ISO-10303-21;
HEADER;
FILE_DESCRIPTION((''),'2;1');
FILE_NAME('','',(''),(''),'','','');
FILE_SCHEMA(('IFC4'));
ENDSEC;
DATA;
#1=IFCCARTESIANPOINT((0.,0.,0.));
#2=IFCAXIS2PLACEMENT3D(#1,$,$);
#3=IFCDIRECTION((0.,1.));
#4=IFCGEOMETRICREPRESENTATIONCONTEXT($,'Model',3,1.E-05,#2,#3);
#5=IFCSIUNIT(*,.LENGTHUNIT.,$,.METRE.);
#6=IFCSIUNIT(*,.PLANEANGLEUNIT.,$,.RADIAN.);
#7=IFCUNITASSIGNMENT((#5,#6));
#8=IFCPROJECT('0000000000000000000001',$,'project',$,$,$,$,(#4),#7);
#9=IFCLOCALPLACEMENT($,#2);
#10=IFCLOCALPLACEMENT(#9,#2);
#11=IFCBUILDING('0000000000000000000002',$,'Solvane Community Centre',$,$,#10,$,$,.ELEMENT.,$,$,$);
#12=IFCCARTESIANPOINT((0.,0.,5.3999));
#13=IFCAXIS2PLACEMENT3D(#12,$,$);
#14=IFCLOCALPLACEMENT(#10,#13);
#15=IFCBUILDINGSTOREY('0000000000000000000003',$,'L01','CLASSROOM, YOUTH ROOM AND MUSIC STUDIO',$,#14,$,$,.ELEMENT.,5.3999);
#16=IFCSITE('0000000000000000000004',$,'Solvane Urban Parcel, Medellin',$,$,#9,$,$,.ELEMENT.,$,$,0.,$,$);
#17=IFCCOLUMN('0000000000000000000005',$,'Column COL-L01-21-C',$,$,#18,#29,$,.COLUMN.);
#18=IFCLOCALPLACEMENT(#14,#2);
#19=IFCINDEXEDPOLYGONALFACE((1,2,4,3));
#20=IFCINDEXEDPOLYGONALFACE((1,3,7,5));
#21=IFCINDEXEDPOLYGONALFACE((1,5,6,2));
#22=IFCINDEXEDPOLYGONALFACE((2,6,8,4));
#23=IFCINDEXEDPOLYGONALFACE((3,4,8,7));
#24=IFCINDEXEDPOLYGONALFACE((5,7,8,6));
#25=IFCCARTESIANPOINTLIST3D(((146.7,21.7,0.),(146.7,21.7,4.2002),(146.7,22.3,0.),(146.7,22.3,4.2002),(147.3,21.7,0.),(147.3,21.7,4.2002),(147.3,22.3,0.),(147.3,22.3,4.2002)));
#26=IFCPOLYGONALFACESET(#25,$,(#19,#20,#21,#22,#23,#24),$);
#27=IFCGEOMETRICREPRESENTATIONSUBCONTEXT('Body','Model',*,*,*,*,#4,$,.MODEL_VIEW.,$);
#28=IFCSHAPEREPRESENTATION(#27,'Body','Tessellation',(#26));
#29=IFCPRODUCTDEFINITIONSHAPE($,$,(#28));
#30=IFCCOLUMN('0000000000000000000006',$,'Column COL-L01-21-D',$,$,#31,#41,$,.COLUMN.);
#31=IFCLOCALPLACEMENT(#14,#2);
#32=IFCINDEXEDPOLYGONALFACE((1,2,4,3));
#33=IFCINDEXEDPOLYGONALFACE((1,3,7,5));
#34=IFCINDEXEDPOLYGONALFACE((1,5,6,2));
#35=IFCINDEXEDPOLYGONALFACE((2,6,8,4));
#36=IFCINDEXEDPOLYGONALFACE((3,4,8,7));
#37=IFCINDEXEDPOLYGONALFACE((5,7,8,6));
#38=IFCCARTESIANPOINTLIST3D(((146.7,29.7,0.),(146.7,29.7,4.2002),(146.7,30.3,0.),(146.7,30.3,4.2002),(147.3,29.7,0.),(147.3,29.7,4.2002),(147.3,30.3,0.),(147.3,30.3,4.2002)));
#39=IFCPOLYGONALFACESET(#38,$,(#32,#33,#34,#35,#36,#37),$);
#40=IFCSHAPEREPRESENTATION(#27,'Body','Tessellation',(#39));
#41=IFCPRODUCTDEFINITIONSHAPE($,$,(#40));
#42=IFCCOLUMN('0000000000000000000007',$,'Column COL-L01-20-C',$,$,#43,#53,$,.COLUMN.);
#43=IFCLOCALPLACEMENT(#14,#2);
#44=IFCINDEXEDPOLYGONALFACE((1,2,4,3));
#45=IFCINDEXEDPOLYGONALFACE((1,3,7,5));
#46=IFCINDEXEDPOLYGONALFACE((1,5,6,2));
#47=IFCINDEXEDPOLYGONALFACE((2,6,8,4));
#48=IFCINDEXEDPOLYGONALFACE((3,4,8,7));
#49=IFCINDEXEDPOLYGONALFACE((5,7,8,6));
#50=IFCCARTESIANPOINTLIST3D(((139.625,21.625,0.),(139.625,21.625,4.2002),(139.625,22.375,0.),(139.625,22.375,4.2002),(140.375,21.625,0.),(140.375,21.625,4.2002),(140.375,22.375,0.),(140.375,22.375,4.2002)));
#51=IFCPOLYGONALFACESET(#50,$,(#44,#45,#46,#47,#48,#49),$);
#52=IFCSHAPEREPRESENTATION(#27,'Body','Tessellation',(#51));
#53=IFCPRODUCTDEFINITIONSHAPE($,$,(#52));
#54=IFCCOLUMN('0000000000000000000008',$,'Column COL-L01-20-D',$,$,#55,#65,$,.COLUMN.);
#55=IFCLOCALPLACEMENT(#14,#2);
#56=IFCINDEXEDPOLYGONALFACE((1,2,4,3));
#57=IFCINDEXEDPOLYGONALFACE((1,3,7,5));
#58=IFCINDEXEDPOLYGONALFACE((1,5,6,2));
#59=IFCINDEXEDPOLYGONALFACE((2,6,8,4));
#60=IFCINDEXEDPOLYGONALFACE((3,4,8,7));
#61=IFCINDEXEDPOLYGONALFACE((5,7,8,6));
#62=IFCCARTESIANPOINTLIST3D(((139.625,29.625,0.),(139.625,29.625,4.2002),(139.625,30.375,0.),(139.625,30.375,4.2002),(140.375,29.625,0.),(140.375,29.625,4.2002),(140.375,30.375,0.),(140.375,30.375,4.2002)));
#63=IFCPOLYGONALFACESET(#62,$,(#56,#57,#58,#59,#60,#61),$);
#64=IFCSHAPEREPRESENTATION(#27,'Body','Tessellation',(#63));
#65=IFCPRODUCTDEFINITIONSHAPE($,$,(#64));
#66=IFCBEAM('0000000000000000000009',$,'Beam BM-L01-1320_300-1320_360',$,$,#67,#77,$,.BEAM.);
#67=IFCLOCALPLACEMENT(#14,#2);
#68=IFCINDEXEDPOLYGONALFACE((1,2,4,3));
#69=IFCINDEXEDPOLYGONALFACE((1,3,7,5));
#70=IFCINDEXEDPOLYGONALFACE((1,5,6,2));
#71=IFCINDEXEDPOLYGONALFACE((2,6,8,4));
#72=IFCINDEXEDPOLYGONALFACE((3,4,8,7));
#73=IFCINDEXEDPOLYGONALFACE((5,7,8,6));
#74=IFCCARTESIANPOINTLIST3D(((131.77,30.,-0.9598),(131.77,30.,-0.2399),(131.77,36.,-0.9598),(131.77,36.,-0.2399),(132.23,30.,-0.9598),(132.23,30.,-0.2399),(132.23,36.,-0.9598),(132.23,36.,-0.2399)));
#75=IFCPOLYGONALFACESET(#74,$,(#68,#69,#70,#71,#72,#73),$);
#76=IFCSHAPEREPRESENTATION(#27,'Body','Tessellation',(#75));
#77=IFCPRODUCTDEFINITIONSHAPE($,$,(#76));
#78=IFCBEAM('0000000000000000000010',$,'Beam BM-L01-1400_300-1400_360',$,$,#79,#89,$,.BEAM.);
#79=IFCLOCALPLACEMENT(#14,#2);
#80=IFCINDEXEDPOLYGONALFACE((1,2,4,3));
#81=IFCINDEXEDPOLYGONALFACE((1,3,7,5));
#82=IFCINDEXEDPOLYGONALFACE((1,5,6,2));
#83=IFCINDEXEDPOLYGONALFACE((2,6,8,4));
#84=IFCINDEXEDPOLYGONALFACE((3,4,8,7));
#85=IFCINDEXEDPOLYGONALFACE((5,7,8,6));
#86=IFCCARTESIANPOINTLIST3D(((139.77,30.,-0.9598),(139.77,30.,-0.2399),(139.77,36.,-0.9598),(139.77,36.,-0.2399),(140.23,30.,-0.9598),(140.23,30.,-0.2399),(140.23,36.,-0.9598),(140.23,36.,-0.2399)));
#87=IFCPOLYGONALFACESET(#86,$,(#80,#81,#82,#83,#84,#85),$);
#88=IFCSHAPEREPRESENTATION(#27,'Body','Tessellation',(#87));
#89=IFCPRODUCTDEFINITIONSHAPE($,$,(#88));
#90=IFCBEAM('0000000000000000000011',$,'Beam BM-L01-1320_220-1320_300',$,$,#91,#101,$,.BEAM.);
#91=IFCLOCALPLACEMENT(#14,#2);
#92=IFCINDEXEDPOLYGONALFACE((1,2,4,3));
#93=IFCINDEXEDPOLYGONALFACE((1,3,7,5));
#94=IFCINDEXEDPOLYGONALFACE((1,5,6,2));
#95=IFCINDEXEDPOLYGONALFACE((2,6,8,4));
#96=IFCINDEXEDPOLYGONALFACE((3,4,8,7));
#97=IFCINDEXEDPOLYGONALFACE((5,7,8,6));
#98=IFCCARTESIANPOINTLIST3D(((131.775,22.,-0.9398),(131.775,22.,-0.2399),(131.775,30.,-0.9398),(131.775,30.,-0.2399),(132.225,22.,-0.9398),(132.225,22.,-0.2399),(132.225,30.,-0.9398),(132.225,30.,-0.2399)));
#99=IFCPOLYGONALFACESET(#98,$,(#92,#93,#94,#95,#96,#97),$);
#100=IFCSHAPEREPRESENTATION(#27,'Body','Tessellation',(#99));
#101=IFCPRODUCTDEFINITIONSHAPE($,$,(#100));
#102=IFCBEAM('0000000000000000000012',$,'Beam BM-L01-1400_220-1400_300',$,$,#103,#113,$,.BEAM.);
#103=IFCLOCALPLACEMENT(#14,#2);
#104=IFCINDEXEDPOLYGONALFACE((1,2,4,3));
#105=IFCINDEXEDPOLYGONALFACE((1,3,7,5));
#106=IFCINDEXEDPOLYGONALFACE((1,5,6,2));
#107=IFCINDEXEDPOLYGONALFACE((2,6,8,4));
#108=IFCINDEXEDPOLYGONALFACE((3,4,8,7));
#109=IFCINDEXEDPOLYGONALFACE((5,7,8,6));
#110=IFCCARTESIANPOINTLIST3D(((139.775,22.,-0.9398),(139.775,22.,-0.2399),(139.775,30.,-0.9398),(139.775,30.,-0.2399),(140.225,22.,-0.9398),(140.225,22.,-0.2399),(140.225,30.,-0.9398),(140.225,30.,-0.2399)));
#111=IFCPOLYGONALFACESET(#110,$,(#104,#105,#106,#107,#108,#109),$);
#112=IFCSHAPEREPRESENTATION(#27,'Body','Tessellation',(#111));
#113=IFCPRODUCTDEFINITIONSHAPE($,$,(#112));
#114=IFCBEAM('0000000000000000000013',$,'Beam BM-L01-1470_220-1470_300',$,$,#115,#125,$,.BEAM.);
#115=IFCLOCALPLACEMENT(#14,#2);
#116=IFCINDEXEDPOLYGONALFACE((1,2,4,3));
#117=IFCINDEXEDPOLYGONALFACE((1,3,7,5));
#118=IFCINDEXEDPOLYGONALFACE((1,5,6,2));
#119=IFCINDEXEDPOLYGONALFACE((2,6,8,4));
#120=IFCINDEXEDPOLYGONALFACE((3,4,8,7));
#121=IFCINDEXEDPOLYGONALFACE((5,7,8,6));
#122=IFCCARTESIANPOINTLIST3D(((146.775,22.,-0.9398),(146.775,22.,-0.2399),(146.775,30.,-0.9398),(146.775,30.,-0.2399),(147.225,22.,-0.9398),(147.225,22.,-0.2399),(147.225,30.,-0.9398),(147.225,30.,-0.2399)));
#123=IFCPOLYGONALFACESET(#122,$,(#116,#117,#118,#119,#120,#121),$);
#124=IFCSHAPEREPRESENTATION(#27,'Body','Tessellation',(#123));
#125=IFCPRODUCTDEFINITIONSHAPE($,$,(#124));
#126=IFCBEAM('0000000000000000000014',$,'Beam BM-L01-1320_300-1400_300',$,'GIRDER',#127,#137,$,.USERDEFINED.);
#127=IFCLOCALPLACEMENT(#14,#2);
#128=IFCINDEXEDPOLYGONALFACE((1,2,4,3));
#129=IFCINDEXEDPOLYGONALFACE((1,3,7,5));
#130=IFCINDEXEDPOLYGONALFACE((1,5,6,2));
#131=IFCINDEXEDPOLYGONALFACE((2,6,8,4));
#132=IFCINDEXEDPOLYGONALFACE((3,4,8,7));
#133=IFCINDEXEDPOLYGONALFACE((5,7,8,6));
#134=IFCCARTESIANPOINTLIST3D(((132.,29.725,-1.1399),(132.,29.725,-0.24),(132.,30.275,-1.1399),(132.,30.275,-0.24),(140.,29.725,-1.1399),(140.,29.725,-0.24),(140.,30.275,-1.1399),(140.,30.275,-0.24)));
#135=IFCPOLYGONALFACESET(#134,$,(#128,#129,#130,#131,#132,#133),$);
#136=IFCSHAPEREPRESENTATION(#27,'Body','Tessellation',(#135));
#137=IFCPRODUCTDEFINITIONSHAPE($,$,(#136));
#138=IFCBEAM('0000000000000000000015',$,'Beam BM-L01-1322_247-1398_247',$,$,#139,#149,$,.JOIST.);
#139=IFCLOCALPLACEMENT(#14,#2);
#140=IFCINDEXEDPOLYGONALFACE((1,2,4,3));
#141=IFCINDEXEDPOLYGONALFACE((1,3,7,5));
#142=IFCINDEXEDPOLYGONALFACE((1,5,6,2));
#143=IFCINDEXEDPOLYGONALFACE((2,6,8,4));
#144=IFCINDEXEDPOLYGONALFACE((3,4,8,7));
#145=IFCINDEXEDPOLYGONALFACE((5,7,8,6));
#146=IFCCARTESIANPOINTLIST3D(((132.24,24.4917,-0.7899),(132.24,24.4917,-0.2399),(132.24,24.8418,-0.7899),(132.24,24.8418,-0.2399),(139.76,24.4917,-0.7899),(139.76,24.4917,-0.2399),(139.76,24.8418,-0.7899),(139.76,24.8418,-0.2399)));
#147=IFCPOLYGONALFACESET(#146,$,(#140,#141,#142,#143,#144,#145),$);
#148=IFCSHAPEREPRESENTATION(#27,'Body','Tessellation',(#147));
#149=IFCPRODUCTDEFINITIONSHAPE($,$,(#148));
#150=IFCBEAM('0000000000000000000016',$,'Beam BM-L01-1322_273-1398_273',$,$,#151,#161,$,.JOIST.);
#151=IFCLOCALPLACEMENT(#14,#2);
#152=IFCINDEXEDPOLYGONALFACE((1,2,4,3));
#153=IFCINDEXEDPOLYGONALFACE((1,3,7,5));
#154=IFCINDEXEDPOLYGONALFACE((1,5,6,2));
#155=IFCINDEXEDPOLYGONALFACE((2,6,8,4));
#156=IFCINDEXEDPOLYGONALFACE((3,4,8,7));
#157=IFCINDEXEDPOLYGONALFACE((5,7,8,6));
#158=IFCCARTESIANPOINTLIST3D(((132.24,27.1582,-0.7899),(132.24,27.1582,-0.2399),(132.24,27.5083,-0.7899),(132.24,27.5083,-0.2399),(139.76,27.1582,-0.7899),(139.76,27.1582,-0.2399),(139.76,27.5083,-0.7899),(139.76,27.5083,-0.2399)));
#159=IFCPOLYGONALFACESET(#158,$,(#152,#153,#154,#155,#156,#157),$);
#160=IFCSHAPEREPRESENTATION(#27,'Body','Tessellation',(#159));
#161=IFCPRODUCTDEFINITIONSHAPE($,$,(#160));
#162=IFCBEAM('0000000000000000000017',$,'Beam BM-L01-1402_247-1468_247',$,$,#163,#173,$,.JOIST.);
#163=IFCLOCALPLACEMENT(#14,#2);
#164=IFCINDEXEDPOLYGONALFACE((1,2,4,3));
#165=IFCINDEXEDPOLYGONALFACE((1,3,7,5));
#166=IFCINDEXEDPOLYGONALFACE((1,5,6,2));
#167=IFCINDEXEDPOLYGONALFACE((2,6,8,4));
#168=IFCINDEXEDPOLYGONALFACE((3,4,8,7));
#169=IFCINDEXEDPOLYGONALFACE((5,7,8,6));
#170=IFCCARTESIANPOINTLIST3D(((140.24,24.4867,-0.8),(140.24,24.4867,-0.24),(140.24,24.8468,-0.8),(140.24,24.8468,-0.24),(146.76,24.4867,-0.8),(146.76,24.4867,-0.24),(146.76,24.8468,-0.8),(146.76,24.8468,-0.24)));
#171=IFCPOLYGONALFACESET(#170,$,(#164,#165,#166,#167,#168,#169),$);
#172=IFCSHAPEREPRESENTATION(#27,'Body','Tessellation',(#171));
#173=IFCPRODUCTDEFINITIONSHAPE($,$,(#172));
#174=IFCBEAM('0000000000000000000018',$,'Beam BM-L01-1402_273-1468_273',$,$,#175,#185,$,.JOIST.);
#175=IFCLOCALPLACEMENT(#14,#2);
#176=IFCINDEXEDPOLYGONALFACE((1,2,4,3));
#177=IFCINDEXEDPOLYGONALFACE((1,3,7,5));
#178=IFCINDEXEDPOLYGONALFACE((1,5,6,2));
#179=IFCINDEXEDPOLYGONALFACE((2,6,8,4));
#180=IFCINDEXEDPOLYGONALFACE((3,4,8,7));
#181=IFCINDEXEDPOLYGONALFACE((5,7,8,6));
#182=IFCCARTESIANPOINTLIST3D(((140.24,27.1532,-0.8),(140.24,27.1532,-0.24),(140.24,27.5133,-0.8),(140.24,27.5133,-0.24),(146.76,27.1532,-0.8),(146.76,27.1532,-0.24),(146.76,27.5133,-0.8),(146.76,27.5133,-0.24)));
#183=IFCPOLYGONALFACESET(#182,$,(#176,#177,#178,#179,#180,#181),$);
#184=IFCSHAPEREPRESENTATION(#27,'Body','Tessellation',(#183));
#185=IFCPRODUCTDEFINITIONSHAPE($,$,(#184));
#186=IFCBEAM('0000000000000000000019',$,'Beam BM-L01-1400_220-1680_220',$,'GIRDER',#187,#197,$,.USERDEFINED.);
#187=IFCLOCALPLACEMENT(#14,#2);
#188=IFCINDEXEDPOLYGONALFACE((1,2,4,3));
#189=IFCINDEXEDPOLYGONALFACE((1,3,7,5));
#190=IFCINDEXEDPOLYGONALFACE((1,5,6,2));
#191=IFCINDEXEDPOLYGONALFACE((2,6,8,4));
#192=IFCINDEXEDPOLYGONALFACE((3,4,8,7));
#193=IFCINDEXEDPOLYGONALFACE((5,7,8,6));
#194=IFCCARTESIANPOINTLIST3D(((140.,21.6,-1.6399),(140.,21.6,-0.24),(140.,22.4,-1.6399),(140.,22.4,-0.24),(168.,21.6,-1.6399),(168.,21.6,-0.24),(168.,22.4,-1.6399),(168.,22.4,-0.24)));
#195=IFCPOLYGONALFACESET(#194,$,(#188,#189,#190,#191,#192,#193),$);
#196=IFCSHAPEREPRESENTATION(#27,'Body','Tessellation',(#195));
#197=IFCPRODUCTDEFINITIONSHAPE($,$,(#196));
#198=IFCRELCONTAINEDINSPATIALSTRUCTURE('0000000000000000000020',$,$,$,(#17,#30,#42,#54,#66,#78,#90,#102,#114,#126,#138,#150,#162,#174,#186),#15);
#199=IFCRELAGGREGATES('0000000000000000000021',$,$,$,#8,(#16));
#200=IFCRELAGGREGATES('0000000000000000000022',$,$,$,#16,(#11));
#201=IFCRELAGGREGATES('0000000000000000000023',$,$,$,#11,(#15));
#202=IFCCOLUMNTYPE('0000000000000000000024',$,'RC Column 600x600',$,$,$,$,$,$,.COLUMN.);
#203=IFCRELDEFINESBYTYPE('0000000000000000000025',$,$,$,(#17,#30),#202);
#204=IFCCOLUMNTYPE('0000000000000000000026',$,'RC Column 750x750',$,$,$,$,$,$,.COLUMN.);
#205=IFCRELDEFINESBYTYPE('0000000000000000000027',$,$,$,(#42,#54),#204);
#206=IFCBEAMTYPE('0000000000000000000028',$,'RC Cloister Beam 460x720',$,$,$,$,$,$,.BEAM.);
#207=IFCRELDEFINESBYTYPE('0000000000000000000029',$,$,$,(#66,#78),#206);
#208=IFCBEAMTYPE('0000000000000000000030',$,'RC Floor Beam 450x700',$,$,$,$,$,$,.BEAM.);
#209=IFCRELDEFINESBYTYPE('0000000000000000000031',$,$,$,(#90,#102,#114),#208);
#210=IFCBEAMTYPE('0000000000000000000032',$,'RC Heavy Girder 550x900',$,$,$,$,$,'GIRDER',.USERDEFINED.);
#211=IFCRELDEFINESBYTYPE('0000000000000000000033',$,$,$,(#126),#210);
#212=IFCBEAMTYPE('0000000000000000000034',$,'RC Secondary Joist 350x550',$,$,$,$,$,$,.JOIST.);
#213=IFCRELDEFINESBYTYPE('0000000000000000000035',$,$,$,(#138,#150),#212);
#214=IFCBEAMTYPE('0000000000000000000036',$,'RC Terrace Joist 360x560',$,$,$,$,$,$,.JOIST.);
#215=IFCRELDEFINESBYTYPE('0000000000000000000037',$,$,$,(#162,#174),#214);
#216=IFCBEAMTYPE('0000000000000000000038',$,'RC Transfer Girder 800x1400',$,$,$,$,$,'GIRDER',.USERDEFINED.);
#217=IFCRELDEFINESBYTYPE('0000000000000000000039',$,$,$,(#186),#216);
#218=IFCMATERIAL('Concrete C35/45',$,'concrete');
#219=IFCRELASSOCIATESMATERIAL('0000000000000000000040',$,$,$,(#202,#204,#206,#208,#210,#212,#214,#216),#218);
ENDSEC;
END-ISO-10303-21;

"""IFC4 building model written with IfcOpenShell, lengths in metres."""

from ifc_helpers import new_model, si_unit, direction, frame, origin, origin_2d, place, context, subcontext, project, spatial, rectangle, extrude, material, material_profile, profile_set, type_object, element, save


model = new_model("IFC4")

# Units and contexts
model_context = context("Model", 3, precision=1e-05, world=origin(), true_north=direction((0.0, 1.0)))
body_context = subcontext(model_context, "Body", "Model", "MODEL_VIEW")
ifc_project = project(units=[si_unit("LENGTHUNIT", "METRE"), si_unit("PLANEANGLEUNIT", "RADIAN")], contexts=[model_context])

# Site, building, storey
site_placement = place(None, origin())
site = spatial("IfcSite", under=ifc_project, at=site_placement, Name="Solvane Urban Parcel, Medellin", CompositionType="ELEMENT", RefElevation=0.0)
building_placement = place(site_placement, origin())
building = spatial("IfcBuilding", under=site, at=building_placement, Name="Solvane Community Centre", CompositionType="ELEMENT")
storey_placement = place(building_placement, frame((0.0, 0.0, 5.3999)))
storey = spatial("IfcBuildingStorey", under=building, at=storey_placement, Name="L01", Description="CLASSROOM, YOUTH ROOM AND MUSIC STUDIO", CompositionType="ELEMENT", Elevation=5.3999)

# Columns
ifc_material_1 = material(Name="Concrete C35/45", Category="concrete")
ifc_material_profile_1 = material_profile(ifc_material_1, rectangle(XDim=0.6001, YDim=0.6001, at=origin_2d()), Name="RC 600x600")
ifc_profile_set_1 = profile_set([ifc_material_profile_1], Name="Concrete C35/45")
column_type_1 = type_object("IfcColumnType", Name="RC Column 600x600", PredefinedType="COLUMN", material=ifc_profile_set_1)
for number, where, z_axis, x_axis, name in (
    (1, (147.0, 22.0, 0.0), (0.0, 0.0, 1.0), (1.0, 0.0, 0.0), "Column COL-L01-21-C"),
    (2, (147.0, 30.0, 0.0), (0.0, 0.0, 1.0), (1.0, 0.0, 0.0), "Column COL-L01-21-D"),
):
    element("IfcColumn", number, at=place(storey_placement, frame(where, z_axis=z_axis, x_axis=x_axis)), inside=storey, type_object=column_type_1, Name=name, PredefinedType="COLUMN", context=body_context, shape_type="SweptSolid", body=[
        extrude(rectangle(XDim=0.6001, YDim=0.6001, at=origin_2d()), origin(), (0.0, 0.0, 1.0), 4.2002),
    ])
ifc_material_profile_2 = material_profile(ifc_material_1, rectangle(XDim=0.75, YDim=0.75, at=origin_2d()), Name="RC 750x750")
ifc_profile_set_2 = profile_set([ifc_material_profile_2], Name="Concrete C35/45")
column_type_2 = type_object("IfcColumnType", Name="RC Column 750x750", PredefinedType="COLUMN", material=ifc_profile_set_2)
for number, where, z_axis, x_axis, name in (
    (3, (140.0, 22.0, 0.0), (0.0, 0.0, 1.0), (1.0, 0.0, 0.0), "Column COL-L01-20-C"),
    (4, (140.0, 30.0, 0.0), (0.0, 0.0, 1.0), (1.0, 0.0, 0.0), "Column COL-L01-20-D"),
):
    element("IfcColumn", number, at=place(storey_placement, frame(where, z_axis=z_axis, x_axis=x_axis)), inside=storey, type_object=column_type_2, Name=name, PredefinedType="COLUMN", context=body_context, shape_type="SweptSolid", body=[
        extrude(rectangle(XDim=0.75, YDim=0.75, at=origin_2d()), origin(), (0.0, 0.0, 1.0), 4.2002),
    ])

# Beams
ifc_material_profile_3 = material_profile(ifc_material_1, rectangle(XDim=0.46, YDim=0.72, at=origin_2d()), Name="RC 460x720")
ifc_profile_set_3 = profile_set([ifc_material_profile_3], Name="Concrete C35/45")
beam_type_1 = type_object("IfcBeamType", Name="RC Cloister Beam 460x720", PredefinedType="BEAM", material=ifc_profile_set_3)
for number, where, z_axis, x_axis, name in (
    (5, (132.0, 30.0, -0.5999), (0.0, 1.0, 0.0), (-1.0, 0.0, 0.0), "Beam BM-L01-1320_300-1320_360"),
    (6, (140.0, 30.0, -0.5999), (0.0, 1.0, 0.0), (-1.0, 0.0, 0.0), "Beam BM-L01-1400_300-1400_360"),
):
    element("IfcBeam", number, at=place(storey_placement, frame(where, z_axis=z_axis, x_axis=x_axis)), inside=storey, type_object=beam_type_1, Name=name, PredefinedType="BEAM", context=body_context, shape_type="SweptSolid", body=[
        extrude(rectangle(XDim=0.46, YDim=0.72, at=origin_2d()), origin(), (0.0, 0.0, 1.0), 6.0),
    ])
ifc_material_profile_4 = material_profile(ifc_material_1, rectangle(XDim=0.45, YDim=0.7, at=origin_2d()), Name="RC 450x700")
ifc_profile_set_4 = profile_set([ifc_material_profile_4], Name="Concrete C35/45")
beam_type_2 = type_object("IfcBeamType", Name="RC Floor Beam 450x700", PredefinedType="BEAM", material=ifc_profile_set_4)
for number, where, z_axis, x_axis, name in (
    (7, (132.0, 22.0, -0.5898), (0.0, 1.0, 0.0), (-1.0, 0.0, 0.0), "Beam BM-L01-1320_220-1320_300"),
    (8, (140.0, 22.0, -0.5898), (0.0, 1.0, 0.0), (-1.0, 0.0, 0.0), "Beam BM-L01-1400_220-1400_300"),
    (9, (147.0, 22.0, -0.5898), (0.0, 1.0, 0.0), (-1.0, 0.0, 0.0), "Beam BM-L01-1470_220-1470_300"),
):
    element("IfcBeam", number, at=place(storey_placement, frame(where, z_axis=z_axis, x_axis=x_axis)), inside=storey, type_object=beam_type_2, Name=name, PredefinedType="BEAM", context=body_context, shape_type="SweptSolid", body=[
        extrude(rectangle(XDim=0.45, YDim=0.7, at=origin_2d()), origin(), (0.0, 0.0, 1.0), 8.0),
    ])
ifc_material_profile_5 = material_profile(ifc_material_1, rectangle(XDim=0.55, YDim=0.8999, at=origin_2d()), Name="RC 550x900")
ifc_profile_set_5 = profile_set([ifc_material_profile_5], Name="Concrete C35/45")
beam_type_3 = type_object("IfcBeamType", Name="RC Heavy Girder 550x900", ElementType="GIRDER", PredefinedType="USERDEFINED", material=ifc_profile_set_5)
beam_1_placement = place(storey_placement, frame((132.0, 30.0, -0.6899), z_axis=(1.0, 0.0, 0.0), x_axis=(0.0, 1.0, 0.0)))
element("IfcBeam", 10, at=beam_1_placement, inside=storey, type_object=beam_type_3, Name="Beam BM-L01-1320_300-1400_300", ObjectType="GIRDER", PredefinedType="USERDEFINED", context=body_context, shape_type="SweptSolid", body=[
    extrude(rectangle(XDim=0.55, YDim=0.8999, at=origin_2d()), origin(), (0.0, 0.0, 1.0), 8.0),
])
ifc_material_profile_6 = material_profile(ifc_material_1, rectangle(XDim=0.3501, YDim=0.55, at=origin_2d()), Name="RC 350x550")
ifc_profile_set_6 = profile_set([ifc_material_profile_6], Name="Concrete C35/45")
beam_type_4 = type_object("IfcBeamType", Name="RC Secondary Joist 350x550", PredefinedType="JOIST", material=ifc_profile_set_6)
for number, where, z_axis, x_axis, name in (
    (11, (132.24, 24.6667, -0.5149), (1.0, 0.0, 0.0), (0.0, 1.0, 0.0), "Beam BM-L01-1322_247-1398_247"),
    (12, (132.24, 27.3333, -0.5149), (1.0, 0.0, 0.0), (0.0, 1.0, 0.0), "Beam BM-L01-1322_273-1398_273"),
):
    element("IfcBeam", number, at=place(storey_placement, frame(where, z_axis=z_axis, x_axis=x_axis)), inside=storey, type_object=beam_type_4, Name=name, PredefinedType="JOIST", context=body_context, shape_type="SweptSolid", body=[
        extrude(rectangle(XDim=0.3501, YDim=0.55, at=origin_2d()), origin(), (0.0, 0.0, 1.0), 7.52),
    ])
ifc_material_profile_7 = material_profile(ifc_material_1, rectangle(XDim=0.3601, YDim=0.5601, at=origin_2d()), Name="RC 360x560")
ifc_profile_set_7 = profile_set([ifc_material_profile_7], Name="Concrete C35/45")
beam_type_5 = type_object("IfcBeamType", Name="RC Terrace Joist 360x560", PredefinedType="JOIST", material=ifc_profile_set_7)
for number, where, z_axis, x_axis, name in (
    (13, (140.24, 24.6667, -0.52), (1.0, 0.0, 0.0), (0.0, 1.0, 0.0), "Beam BM-L01-1402_247-1468_247"),
    (14, (140.24, 27.3333, -0.52), (1.0, 0.0, 0.0), (0.0, 1.0, 0.0), "Beam BM-L01-1402_273-1468_273"),
):
    element("IfcBeam", number, at=place(storey_placement, frame(where, z_axis=z_axis, x_axis=x_axis)), inside=storey, type_object=beam_type_5, Name=name, PredefinedType="JOIST", context=body_context, shape_type="SweptSolid", body=[
        extrude(rectangle(XDim=0.3601, YDim=0.5601, at=origin_2d()), origin(), (0.0, 0.0, 1.0), 6.52),
    ])
ifc_material_profile_8 = material_profile(ifc_material_1, rectangle(XDim=0.8, YDim=1.3999, at=origin_2d()), Name="RC 800x1400")
ifc_profile_set_8 = profile_set([ifc_material_profile_8], Name="Concrete C35/45")
beam_type_6 = type_object("IfcBeamType", Name="RC Transfer Girder 800x1400", ElementType="GIRDER", PredefinedType="USERDEFINED", material=ifc_profile_set_8)
beam_2_placement = place(storey_placement, frame((140.0, 22.0, -0.9399), z_axis=(1.0, 0.0, 0.0), x_axis=(0.0, 1.0, 0.0)))
element("IfcBeam", 15, at=beam_2_placement, inside=storey, type_object=beam_type_6, Name="Beam BM-L01-1400_220-1680_220", ObjectType="GIRDER", PredefinedType="USERDEFINED", context=body_context, shape_type="SweptSolid", body=[
    extrude(rectangle(XDim=0.8, YDim=1.3999, at=origin_2d()), origin(), (0.0, 0.0, 1.0), 28.0),
])

save(model, "model.ifc")
